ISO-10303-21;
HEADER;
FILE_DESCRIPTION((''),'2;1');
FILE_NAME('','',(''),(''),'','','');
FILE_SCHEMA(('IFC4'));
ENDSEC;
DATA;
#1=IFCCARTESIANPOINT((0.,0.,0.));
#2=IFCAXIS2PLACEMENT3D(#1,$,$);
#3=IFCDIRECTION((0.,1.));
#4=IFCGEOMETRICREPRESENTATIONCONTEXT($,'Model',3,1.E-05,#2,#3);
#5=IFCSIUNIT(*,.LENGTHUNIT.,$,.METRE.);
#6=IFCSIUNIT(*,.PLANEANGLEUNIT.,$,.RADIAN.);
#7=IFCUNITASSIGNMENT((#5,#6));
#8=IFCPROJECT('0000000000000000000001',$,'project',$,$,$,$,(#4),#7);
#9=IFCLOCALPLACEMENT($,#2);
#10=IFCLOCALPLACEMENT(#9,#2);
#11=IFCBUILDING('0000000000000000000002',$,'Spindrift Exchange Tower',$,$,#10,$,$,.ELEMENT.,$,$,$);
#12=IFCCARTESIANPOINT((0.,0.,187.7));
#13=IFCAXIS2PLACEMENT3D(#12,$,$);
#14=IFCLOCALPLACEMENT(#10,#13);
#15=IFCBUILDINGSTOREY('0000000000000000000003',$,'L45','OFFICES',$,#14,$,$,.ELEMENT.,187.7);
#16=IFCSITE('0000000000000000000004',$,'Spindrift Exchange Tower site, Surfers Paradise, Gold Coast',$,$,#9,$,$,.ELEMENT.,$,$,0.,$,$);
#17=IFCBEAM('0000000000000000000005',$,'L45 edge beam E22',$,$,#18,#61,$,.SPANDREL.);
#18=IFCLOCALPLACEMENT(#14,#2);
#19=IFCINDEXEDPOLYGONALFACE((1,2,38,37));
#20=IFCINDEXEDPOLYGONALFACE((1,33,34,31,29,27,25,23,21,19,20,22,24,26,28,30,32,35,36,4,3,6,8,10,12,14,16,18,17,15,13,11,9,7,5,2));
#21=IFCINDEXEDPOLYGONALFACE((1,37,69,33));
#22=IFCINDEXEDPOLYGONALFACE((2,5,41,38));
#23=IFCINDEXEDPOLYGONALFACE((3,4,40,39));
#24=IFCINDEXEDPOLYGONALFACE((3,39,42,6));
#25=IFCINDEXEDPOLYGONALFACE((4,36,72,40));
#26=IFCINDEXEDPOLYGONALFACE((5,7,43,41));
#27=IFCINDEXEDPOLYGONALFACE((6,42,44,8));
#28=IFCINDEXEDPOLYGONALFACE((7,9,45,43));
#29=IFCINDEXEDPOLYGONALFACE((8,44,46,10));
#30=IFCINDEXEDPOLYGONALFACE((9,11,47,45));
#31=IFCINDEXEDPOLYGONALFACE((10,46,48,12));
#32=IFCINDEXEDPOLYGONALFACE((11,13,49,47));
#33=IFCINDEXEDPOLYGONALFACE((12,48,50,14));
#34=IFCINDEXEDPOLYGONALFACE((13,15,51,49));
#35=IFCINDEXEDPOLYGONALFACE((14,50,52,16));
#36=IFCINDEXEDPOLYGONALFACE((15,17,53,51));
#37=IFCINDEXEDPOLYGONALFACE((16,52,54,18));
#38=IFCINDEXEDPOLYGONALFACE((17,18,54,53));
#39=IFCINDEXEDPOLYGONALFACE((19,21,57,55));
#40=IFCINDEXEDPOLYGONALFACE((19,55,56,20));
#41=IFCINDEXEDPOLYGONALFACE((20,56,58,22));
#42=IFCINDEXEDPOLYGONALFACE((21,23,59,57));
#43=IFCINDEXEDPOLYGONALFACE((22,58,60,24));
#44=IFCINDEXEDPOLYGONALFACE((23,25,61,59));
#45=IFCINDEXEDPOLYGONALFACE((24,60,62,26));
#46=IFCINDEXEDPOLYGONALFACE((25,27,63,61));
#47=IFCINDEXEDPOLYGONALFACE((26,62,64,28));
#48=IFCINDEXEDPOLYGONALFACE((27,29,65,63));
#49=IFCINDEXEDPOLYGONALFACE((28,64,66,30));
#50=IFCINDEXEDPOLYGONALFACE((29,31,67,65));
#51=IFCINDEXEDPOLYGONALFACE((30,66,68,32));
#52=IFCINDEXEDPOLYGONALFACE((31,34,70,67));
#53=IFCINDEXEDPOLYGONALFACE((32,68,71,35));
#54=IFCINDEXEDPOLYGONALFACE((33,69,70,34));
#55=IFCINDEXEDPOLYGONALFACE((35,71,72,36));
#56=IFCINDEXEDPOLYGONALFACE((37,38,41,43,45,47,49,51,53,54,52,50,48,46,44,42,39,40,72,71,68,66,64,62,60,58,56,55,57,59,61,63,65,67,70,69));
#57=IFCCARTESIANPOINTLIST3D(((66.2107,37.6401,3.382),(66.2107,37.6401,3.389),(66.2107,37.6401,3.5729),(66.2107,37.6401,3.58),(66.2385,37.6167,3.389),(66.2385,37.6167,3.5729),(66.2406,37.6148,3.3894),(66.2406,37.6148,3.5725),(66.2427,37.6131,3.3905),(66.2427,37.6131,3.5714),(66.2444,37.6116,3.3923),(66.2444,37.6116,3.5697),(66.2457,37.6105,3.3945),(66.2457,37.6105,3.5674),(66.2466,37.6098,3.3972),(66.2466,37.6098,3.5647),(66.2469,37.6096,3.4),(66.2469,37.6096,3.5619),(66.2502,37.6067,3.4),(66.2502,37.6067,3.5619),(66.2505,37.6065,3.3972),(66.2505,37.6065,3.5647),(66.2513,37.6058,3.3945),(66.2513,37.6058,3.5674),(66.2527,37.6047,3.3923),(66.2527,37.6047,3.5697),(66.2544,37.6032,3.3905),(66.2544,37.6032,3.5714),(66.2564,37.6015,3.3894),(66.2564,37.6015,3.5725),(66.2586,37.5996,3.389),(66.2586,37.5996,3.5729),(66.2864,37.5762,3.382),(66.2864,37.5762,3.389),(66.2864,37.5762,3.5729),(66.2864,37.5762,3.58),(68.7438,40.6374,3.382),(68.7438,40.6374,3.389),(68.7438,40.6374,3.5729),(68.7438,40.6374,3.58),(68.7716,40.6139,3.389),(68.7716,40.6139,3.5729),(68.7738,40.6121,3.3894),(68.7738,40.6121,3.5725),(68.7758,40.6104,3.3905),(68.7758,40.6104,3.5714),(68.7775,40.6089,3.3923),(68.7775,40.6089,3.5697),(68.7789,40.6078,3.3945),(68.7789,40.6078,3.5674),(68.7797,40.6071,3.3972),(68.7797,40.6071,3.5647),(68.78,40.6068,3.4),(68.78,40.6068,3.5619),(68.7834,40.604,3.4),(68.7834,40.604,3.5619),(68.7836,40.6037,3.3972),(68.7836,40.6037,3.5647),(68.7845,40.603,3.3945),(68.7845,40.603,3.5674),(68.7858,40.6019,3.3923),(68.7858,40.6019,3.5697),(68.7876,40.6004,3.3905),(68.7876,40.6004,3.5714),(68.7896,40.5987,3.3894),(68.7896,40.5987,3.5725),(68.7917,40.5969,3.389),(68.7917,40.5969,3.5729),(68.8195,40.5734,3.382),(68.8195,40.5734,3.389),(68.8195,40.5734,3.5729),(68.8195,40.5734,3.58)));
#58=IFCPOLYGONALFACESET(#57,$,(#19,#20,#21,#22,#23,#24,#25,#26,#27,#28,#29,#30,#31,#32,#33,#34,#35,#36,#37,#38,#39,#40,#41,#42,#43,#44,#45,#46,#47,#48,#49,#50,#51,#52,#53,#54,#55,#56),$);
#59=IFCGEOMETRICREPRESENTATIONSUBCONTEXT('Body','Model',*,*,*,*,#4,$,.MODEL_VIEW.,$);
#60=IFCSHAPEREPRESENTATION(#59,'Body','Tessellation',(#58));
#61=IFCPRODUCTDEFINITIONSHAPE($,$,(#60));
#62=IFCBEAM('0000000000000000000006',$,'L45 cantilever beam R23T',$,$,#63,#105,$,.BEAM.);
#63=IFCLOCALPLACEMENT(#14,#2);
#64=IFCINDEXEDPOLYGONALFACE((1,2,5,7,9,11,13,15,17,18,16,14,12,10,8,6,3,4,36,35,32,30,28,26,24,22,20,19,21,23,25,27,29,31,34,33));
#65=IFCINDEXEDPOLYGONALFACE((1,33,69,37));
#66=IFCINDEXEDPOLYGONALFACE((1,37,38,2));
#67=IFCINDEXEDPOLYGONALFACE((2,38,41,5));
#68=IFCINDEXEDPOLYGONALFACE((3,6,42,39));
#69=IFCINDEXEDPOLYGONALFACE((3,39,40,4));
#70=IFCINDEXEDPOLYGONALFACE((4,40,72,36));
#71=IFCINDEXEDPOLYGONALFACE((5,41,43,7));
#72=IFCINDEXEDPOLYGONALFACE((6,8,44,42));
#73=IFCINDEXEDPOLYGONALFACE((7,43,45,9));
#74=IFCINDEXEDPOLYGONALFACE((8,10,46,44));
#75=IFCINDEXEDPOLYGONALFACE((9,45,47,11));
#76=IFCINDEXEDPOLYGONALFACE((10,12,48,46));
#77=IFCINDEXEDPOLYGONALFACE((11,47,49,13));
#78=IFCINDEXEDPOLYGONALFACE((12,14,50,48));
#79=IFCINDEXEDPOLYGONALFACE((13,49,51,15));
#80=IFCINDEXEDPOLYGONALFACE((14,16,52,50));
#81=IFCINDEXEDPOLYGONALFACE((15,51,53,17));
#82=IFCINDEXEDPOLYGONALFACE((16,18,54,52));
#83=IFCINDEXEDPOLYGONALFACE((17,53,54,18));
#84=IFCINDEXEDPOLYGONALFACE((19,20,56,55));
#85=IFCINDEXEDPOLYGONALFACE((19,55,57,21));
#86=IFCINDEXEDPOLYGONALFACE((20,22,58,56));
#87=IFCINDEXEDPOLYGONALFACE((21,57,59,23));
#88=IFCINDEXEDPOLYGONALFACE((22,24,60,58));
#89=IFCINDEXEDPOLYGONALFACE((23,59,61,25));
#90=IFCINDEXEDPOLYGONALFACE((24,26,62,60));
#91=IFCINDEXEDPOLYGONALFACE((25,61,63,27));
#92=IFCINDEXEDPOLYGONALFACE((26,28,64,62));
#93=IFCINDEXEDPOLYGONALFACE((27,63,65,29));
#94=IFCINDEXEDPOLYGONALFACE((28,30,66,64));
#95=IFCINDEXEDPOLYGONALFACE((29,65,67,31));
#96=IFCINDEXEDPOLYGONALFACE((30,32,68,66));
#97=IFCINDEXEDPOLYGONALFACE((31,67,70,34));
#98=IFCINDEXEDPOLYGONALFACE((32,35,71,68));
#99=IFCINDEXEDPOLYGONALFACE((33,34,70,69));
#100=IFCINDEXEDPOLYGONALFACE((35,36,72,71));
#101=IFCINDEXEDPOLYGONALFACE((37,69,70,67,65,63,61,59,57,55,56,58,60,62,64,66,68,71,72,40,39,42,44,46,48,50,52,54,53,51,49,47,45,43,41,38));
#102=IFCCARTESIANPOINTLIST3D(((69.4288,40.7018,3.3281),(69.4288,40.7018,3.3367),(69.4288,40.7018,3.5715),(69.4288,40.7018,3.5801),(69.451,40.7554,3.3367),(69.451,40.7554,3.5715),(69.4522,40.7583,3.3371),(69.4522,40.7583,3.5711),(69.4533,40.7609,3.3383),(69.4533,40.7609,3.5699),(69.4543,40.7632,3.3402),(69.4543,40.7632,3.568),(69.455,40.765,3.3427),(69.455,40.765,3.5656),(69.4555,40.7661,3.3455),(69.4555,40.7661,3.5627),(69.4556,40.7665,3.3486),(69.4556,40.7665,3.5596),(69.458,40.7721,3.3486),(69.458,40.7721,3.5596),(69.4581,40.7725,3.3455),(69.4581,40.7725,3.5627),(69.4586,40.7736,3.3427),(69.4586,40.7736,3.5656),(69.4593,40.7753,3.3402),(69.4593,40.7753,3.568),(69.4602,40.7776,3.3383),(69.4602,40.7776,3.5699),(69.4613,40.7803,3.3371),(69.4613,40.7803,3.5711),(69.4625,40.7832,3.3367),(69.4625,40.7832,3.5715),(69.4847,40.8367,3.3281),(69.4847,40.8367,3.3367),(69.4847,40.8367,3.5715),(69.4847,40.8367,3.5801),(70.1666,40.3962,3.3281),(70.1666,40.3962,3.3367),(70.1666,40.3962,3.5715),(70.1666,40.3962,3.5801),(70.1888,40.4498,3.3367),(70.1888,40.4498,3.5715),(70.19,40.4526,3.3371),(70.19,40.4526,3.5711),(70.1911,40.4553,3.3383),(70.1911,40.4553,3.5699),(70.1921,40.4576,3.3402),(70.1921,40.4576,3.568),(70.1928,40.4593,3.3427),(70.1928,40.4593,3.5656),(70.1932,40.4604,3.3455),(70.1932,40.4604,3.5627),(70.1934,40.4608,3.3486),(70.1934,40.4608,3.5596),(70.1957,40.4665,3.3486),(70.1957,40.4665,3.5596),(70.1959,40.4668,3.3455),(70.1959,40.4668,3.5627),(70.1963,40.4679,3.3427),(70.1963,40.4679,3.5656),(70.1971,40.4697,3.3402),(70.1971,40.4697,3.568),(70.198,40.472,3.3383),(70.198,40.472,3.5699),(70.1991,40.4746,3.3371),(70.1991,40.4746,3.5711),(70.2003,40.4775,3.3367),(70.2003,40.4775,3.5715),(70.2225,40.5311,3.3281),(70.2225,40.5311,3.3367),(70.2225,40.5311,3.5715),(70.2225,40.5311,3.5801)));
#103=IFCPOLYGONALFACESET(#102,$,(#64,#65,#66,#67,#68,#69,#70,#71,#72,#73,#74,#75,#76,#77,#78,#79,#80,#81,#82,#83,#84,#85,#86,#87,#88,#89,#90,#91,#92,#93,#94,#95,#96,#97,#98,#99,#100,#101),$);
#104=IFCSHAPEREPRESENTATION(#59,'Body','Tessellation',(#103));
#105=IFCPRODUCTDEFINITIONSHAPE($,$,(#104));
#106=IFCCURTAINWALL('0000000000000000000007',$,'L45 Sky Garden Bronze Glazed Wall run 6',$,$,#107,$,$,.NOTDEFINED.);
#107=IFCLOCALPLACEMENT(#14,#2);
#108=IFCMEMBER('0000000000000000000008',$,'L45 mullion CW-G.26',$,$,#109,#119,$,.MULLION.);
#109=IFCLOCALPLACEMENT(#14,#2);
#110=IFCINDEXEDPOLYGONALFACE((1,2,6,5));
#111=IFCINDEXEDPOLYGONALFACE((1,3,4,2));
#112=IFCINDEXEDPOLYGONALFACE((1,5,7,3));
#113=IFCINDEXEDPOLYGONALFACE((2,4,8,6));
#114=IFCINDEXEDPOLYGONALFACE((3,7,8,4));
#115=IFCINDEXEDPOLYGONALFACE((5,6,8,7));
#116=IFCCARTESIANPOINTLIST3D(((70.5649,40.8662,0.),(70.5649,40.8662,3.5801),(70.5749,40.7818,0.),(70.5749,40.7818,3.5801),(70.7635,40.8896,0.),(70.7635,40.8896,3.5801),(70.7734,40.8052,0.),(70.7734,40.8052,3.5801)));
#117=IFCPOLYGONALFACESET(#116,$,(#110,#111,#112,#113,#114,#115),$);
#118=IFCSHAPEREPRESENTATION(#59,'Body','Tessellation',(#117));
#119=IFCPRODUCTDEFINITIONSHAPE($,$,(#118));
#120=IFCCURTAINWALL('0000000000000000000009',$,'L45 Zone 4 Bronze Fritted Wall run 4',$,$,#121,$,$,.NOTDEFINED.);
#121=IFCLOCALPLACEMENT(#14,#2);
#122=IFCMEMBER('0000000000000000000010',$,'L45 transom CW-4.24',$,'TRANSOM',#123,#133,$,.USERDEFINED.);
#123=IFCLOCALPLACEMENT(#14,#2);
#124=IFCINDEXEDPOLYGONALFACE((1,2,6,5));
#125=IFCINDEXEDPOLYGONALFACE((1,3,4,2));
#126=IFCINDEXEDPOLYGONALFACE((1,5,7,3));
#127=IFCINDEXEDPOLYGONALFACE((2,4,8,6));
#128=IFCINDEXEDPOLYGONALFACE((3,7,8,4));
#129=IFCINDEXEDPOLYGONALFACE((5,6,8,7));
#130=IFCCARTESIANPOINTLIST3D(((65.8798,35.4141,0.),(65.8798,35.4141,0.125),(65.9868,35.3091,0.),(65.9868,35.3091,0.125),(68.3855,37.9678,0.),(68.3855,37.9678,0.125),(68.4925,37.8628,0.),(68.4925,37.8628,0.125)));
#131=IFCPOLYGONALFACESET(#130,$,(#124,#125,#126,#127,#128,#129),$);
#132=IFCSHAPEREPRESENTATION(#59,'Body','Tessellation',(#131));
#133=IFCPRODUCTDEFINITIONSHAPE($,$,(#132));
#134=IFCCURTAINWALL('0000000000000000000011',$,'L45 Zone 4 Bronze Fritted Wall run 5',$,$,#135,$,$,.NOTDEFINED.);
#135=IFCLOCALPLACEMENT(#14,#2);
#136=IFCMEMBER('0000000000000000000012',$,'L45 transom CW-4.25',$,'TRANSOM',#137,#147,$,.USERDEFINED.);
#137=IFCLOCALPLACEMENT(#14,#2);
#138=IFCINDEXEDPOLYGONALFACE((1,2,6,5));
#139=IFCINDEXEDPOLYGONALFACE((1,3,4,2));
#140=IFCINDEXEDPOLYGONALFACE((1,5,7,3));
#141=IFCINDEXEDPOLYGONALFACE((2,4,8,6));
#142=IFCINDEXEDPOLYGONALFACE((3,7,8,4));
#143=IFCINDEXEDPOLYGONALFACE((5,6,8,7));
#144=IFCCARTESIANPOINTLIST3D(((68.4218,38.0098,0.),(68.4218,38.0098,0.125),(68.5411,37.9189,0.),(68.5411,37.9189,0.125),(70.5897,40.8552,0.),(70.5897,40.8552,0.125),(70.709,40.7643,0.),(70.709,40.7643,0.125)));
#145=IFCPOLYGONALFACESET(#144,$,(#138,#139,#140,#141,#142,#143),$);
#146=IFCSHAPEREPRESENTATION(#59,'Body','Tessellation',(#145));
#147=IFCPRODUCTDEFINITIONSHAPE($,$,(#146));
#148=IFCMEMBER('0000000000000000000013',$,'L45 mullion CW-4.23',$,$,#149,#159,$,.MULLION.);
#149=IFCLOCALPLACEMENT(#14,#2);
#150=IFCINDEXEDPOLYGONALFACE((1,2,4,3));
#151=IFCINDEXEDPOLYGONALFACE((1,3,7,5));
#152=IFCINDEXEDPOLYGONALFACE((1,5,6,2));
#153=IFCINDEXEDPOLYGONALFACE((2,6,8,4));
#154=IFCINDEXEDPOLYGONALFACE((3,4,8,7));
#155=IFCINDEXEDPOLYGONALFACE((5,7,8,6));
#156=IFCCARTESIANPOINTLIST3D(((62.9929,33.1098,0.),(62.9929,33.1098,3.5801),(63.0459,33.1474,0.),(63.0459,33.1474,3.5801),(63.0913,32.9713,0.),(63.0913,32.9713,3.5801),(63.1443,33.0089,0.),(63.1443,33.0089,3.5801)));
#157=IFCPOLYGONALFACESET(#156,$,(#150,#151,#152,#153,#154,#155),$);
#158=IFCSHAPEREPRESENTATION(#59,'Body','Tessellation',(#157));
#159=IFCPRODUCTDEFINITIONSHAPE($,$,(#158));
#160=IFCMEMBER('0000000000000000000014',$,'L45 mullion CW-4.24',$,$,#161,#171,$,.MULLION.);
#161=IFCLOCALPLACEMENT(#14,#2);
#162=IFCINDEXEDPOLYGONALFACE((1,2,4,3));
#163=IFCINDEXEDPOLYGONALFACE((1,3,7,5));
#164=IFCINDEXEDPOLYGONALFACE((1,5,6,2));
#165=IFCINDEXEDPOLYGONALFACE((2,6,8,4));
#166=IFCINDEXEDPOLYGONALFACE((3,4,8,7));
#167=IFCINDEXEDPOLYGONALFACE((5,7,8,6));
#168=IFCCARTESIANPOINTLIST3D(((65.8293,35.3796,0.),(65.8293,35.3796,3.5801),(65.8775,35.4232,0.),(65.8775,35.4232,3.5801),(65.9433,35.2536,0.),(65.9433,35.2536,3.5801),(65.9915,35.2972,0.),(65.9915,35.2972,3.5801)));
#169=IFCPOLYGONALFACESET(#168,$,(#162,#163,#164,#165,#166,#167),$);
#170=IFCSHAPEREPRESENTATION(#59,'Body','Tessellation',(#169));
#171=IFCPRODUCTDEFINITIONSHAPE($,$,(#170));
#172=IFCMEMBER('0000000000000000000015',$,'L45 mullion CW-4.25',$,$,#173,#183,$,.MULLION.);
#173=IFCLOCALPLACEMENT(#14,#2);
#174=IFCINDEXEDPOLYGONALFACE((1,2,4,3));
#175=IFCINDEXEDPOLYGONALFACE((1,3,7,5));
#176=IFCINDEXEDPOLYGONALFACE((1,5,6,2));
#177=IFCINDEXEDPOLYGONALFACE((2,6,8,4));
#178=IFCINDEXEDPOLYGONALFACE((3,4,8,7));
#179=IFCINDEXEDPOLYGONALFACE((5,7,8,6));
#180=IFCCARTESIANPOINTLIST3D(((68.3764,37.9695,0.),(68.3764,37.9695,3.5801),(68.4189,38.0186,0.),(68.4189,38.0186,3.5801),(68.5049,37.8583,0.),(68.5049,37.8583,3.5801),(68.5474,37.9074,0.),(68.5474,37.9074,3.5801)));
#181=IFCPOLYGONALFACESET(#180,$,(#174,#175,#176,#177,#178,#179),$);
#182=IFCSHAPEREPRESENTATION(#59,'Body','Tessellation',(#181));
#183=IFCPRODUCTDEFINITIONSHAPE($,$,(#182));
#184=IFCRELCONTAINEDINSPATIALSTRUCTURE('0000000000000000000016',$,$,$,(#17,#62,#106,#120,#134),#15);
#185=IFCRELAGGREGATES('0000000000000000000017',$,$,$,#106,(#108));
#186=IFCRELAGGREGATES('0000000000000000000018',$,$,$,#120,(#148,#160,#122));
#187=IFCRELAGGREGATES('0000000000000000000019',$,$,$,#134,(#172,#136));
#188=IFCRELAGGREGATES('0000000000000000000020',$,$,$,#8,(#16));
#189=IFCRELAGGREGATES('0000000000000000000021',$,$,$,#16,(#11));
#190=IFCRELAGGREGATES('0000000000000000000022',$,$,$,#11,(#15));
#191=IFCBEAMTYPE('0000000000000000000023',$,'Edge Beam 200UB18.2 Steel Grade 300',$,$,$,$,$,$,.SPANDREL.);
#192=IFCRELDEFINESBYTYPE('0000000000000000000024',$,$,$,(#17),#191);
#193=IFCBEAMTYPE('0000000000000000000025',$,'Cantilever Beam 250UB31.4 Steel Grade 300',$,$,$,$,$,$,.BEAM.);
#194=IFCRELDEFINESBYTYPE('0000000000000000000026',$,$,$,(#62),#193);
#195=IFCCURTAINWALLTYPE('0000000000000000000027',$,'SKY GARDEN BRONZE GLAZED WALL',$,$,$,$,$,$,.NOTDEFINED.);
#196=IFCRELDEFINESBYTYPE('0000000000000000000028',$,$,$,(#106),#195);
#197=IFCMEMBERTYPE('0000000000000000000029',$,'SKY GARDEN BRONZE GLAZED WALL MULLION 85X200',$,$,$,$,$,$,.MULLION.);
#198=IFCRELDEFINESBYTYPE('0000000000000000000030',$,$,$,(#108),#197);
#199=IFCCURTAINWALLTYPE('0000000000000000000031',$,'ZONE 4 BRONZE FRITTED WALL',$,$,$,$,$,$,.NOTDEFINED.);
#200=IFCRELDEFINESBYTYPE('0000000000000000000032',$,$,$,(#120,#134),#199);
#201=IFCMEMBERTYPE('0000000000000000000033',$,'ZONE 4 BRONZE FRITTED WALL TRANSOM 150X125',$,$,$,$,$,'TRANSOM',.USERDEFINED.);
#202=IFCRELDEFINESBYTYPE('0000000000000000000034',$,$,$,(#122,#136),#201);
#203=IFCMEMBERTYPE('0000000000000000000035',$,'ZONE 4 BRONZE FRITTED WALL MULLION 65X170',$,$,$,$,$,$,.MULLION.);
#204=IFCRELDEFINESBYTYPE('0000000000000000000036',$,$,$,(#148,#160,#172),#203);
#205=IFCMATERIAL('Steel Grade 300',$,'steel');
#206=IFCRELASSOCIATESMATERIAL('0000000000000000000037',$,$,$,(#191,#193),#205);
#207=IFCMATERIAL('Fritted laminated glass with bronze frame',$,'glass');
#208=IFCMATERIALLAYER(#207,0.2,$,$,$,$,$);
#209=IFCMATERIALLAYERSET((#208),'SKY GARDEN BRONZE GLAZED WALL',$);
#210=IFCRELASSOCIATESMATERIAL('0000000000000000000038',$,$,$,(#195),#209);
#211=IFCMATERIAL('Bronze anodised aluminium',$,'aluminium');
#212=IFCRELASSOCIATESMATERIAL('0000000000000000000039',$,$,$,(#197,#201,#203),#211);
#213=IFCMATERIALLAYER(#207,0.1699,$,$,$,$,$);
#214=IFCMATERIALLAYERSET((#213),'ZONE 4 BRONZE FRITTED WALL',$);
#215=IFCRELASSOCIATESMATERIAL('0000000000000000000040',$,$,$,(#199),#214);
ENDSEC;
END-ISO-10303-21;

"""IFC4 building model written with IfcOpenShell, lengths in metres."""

from ifc_helpers import new_model, si_unit, direction, frame, origin, origin_2d, place, context, subcontext, project, spatial, rectangle, i_section, extrude, source, transform, mapped, material, layer, layer_set, material_profile, profile_set, type_object, element, aggregate, save


model = new_model("IFC4")

# Units and contexts
model_context = context("Model", 3, precision=1e-05, world=origin(), true_north=direction((0.0, 1.0)))
body_context = subcontext(model_context, "Body", "Model", "MODEL_VIEW")
ifc_project = project(units=[si_unit("LENGTHUNIT", "METRE"), si_unit("PLANEANGLEUNIT", "RADIAN")], contexts=[model_context])

# Site, building, storey
site_placement = place(None, origin())
site = spatial("IfcSite", under=ifc_project, at=site_placement, Name="Spindrift Exchange Tower site, Surfers Paradise, Gold Coast", CompositionType="ELEMENT", RefElevation=0.0)
building_placement = place(site_placement, origin())
building = spatial("IfcBuilding", under=site, at=building_placement, Name="Spindrift Exchange Tower", CompositionType="ELEMENT")
storey_placement = place(building_placement, frame((0.0, 0.0, 187.7)))
storey = spatial("IfcBuildingStorey", under=building, at=storey_placement, Name="L45", Description="OFFICES", CompositionType="ELEMENT", Elevation=187.7)

# Beams
ifc_material_1 = material(Name="Steel Grade 300", Category="steel")
ifc_material_profile_1 = material_profile(ifc_material_1, i_section(OverallWidth=0.0991, OverallDepth=0.198, WebThickness=0.0044, FlangeThickness=0.0071, FilletRadius=0.011, at=origin_2d()), Name="200UB18.2")
ifc_profile_set_1 = profile_set([ifc_material_profile_1], Name="Steel Grade 300")
beam_type_1 = type_object("IfcBeamType", Name="Edge Beam 200UB18.2 Steel Grade 300", PredefinedType="SPANDREL", material=ifc_profile_set_1)
shared_shape_1 = source(origin(), body_context, "Body", "SweptSolid", [
    extrude(i_section(OverallWidth=0.0991, OverallDepth=0.198, WebThickness=0.0044, FlangeThickness=0.0071, FilletRadius=0.011, at=origin_2d()), origin(), (0.0, 0.0, 1.0), 3.9243),
])
beam_1_placement = place(storey_placement, frame((66.2485, 37.6082, 3.481), z_axis=(0.645499, 0.763761, 0.0), x_axis=(-0.763761, 0.645499, 0.0)))
element("IfcBeam", 1, at=beam_1_placement, inside=storey, type_object=beam_type_1, Name="L45 edge beam E22", PredefinedType="SPANDREL", context=body_context, shape_type="MappedRepresentation", body=[
    mapped(shared_shape_1, transform((0.0, 0.0, 0.0), scale=1.0)),
])
ifc_material_profile_2 = material_profile(ifc_material_1, i_section(OverallWidth=0.146, OverallDepth=0.252, WebThickness=0.0061, FlangeThickness=0.0085, FilletRadius=0.012, at=origin_2d()), Name="250UB31.4")
ifc_profile_set_2 = profile_set([ifc_material_profile_2], Name="Steel Grade 300")
beam_type_2 = type_object("IfcBeamType", Name="Cantilever Beam 250UB31.4 Steel Grade 300", PredefinedType="BEAM", material=ifc_profile_set_2)
shared_shape_2 = source(origin(), body_context, "Body", "SweptSolid", [
    extrude(i_section(OverallWidth=0.146, OverallDepth=0.252, WebThickness=0.0061, FlangeThickness=0.0085, FilletRadius=0.012, at=origin_2d()), origin(), (0.0, 0.0, 1.0), 0.7986),
])
beam_2_placement = place(storey_placement, frame((69.4568, 40.7693, 3.4541), z_axis=(0.923853, -0.382748, 0.0), x_axis=(0.382748, 0.923853, 0.0)))
element("IfcBeam", 2, at=beam_2_placement, inside=storey, type_object=beam_type_2, Name="L45 cantilever beam R23T", PredefinedType="BEAM", context=body_context, shape_type="MappedRepresentation", body=[
    mapped(shared_shape_2, transform((0.0, 0.0, 0.0), scale=1.0)),
])

# Curtain walls, members
ifc_material_2 = material(Name="Fritted laminated glass with bronze frame", Category="glass")
ifc_layer_1 = layer(ifc_material_2, 0.2)
ifc_layer_set_1 = layer_set([ifc_layer_1], Name="SKY GARDEN BRONZE GLAZED WALL")
curtain_wall_type_1 = type_object("IfcCurtainWallType", Name="SKY GARDEN BRONZE GLAZED WALL", PredefinedType="NOTDEFINED", material=ifc_layer_set_1)
curtain_wall_1_placement = place(storey_placement, origin())
curtain_wall_1 = element("IfcCurtainWall", 3, at=curtain_wall_1_placement, inside=storey, type_object=curtain_wall_type_1, Name="L45 Sky Garden Bronze Glazed Wall run 6", PredefinedType="NOTDEFINED")
ifc_material_3 = material(Name="Bronze anodised aluminium", Category="aluminium")
ifc_material_profile_3 = material_profile(ifc_material_3, rectangle(XDim=0.085, YDim=0.2, at=origin_2d()), Name="SKY GARDEN BRONZE GLAZED WALL MULLION 85X200")
ifc_profile_set_3 = profile_set([ifc_material_profile_3], Name="Bronze anodised aluminium")
member_type_1 = type_object("IfcMemberType", Name="SKY GARDEN BRONZE GLAZED WALL MULLION 85X200", PredefinedType="MULLION", material=ifc_profile_set_3)
shared_shape_3 = source(origin(), body_context, "Body", "SweptSolid", [
    extrude(rectangle(XDim=0.085, YDim=0.2, at=origin_2d()), origin(), (0.0, 0.0, 1.0), 3.5801),
])
member_1_placement = place(storey_placement, frame((70.6692, 40.8357, 0.0), z_axis=(0.0, 0.0, 1.0), x_axis=(-0.116947, 0.993138, 0.0)))
member_1 = element("IfcMember", 4, at=member_1_placement, type_object=member_type_1, Name="L45 mullion CW-G.26", PredefinedType="MULLION", context=body_context, shape_type="MappedRepresentation", body=[
    mapped(shared_shape_3, transform((0.0, 0.0, 0.0), scale=1.0)),
])
ifc_layer_2 = layer(ifc_material_2, 0.1699)
ifc_layer_set_2 = layer_set([ifc_layer_2], Name="ZONE 4 BRONZE FRITTED WALL")
curtain_wall_type_2 = type_object("IfcCurtainWallType", Name="ZONE 4 BRONZE FRITTED WALL", PredefinedType="NOTDEFINED", material=ifc_layer_set_2)
curtain_wall_2_placement = place(storey_placement, origin())
curtain_wall_2 = element("IfcCurtainWall", 5, at=curtain_wall_2_placement, inside=storey, type_object=curtain_wall_type_2, Name="L45 Zone 4 Bronze Fritted Wall run 4", PredefinedType="NOTDEFINED")
ifc_material_profile_4 = material_profile(ifc_material_3, rectangle(XDim=0.1499, YDim=0.125, at=origin_2d()), Name="ZONE 4 BRONZE FRITTED WALL TRANSOM 150X125")
ifc_profile_set_4 = profile_set([ifc_material_profile_4], Name="Bronze anodised aluminium")
member_type_2 = type_object("IfcMemberType", Name="ZONE 4 BRONZE FRITTED WALL TRANSOM 150X125", ElementType="TRANSOM", PredefinedType="USERDEFINED", material=ifc_profile_set_4)
shared_shape_4 = source(origin(), body_context, "Body", "SweptSolid", [
    extrude(rectangle(XDim=0.1499, YDim=0.125, at=origin_2d()), origin(), (0.0, 0.0, 1.0), 3.5776),
])
member_2_placement = place(storey_placement, frame((65.9333, 35.3616, 0.0625), z_axis=(0.700353, 0.713797, 0.0), x_axis=(-0.713797, 0.700353, 0.0)))
member_2 = element("IfcMember", 6, at=member_2_placement, type_object=member_type_2, Name="L45 transom CW-4.24", ObjectType="TRANSOM", PredefinedType="USERDEFINED", context=body_context, shape_type="MappedRepresentation", body=[
    mapped(shared_shape_4, transform((0.0, 0.0, 0.0), scale=1.0)),
])
curtain_wall_3_placement = place(storey_placement, origin())
curtain_wall_3 = element("IfcCurtainWall", 7, at=curtain_wall_3_placement, inside=storey, type_object=curtain_wall_type_2, Name="L45 Zone 4 Bronze Fritted Wall run 5", PredefinedType="NOTDEFINED")
shared_shape_5 = source(origin(), body_context, "Body", "SweptSolid", [
    extrude(rectangle(XDim=0.1499, YDim=0.125, at=origin_2d()), origin(), (0.0, 0.0, 1.0), 3.5771),
])
member_3_placement = place(storey_placement, frame((68.4814, 37.9644, 0.0625), z_axis=(0.606043, 0.795432, 0.0), x_axis=(-0.795432, 0.606043, 0.0)))
member_3 = element("IfcMember", 8, at=member_3_placement, type_object=member_type_2, Name="L45 transom CW-4.25", ObjectType="TRANSOM", PredefinedType="USERDEFINED", context=body_context, shape_type="MappedRepresentation", body=[
    mapped(shared_shape_5, transform((0.0, 0.0, 0.0), scale=1.0)),
])

# Members
ifc_material_profile_5 = material_profile(ifc_material_3, rectangle(XDim=0.0649, YDim=0.1699, at=origin_2d()), Name="ZONE 4 BRONZE FRITTED WALL MULLION 65X170")
ifc_profile_set_5 = profile_set([ifc_material_profile_5], Name="Bronze anodised aluminium")
member_type_3 = type_object("IfcMemberType", Name="ZONE 4 BRONZE FRITTED WALL MULLION 65X170", PredefinedType="MULLION", material=ifc_profile_set_5)
shared_shape_6 = source(origin(), body_context, "Body", "SweptSolid", [
    extrude(rectangle(XDim=0.0649, YDim=0.1699, at=origin_2d()), origin(), (0.0, 0.0, 1.0), 3.5801),
])
member_4_placement = place(storey_placement, frame((63.0686, 33.0593, 0.0), z_axis=(0.0, 0.0, 1.0), x_axis=(0.815181, 0.579206, 0.0)))
member_4 = element("IfcMember", 9, at=member_4_placement, type_object=member_type_3, Name="L45 mullion CW-4.23", PredefinedType="MULLION", context=body_context, shape_type="MappedRepresentation", body=[
    mapped(shared_shape_6, transform((0.0, 0.0, 0.0), scale=1.0)),
])
member_5_placement = place(storey_placement, frame((65.9104, 35.3384, 0.0), z_axis=(0.0, 0.0, 1.0), x_axis=(0.74156, 0.670886, 0.0)))
member_5 = element("IfcMember", 10, at=member_5_placement, type_object=member_type_3, Name="L45 mullion CW-4.24", PredefinedType="MULLION", context=body_context, shape_type="MappedRepresentation", body=[
    mapped(shared_shape_6, transform((0.0, 0.0, 0.0), scale=1.0)),
])
member_6_placement = place(storey_placement, frame((68.4619, 37.9385, 0.0), z_axis=(0.0, 0.0, 1.0), x_axis=(0.654487, 0.756074, 0.0)))
member_6 = element("IfcMember", 11, at=member_6_placement, type_object=member_type_3, Name="L45 mullion CW-4.25", PredefinedType="MULLION", context=body_context, shape_type="MappedRepresentation", body=[
    mapped(shared_shape_6, transform((0.0, 0.0, 0.0), scale=1.0)),
])
aggregate(curtain_wall_1, [member_1])

aggregate(curtain_wall_2, [member_4, member_5, member_2])
aggregate(curtain_wall_3, [member_6, member_3])

save(model, "model.ifc")
